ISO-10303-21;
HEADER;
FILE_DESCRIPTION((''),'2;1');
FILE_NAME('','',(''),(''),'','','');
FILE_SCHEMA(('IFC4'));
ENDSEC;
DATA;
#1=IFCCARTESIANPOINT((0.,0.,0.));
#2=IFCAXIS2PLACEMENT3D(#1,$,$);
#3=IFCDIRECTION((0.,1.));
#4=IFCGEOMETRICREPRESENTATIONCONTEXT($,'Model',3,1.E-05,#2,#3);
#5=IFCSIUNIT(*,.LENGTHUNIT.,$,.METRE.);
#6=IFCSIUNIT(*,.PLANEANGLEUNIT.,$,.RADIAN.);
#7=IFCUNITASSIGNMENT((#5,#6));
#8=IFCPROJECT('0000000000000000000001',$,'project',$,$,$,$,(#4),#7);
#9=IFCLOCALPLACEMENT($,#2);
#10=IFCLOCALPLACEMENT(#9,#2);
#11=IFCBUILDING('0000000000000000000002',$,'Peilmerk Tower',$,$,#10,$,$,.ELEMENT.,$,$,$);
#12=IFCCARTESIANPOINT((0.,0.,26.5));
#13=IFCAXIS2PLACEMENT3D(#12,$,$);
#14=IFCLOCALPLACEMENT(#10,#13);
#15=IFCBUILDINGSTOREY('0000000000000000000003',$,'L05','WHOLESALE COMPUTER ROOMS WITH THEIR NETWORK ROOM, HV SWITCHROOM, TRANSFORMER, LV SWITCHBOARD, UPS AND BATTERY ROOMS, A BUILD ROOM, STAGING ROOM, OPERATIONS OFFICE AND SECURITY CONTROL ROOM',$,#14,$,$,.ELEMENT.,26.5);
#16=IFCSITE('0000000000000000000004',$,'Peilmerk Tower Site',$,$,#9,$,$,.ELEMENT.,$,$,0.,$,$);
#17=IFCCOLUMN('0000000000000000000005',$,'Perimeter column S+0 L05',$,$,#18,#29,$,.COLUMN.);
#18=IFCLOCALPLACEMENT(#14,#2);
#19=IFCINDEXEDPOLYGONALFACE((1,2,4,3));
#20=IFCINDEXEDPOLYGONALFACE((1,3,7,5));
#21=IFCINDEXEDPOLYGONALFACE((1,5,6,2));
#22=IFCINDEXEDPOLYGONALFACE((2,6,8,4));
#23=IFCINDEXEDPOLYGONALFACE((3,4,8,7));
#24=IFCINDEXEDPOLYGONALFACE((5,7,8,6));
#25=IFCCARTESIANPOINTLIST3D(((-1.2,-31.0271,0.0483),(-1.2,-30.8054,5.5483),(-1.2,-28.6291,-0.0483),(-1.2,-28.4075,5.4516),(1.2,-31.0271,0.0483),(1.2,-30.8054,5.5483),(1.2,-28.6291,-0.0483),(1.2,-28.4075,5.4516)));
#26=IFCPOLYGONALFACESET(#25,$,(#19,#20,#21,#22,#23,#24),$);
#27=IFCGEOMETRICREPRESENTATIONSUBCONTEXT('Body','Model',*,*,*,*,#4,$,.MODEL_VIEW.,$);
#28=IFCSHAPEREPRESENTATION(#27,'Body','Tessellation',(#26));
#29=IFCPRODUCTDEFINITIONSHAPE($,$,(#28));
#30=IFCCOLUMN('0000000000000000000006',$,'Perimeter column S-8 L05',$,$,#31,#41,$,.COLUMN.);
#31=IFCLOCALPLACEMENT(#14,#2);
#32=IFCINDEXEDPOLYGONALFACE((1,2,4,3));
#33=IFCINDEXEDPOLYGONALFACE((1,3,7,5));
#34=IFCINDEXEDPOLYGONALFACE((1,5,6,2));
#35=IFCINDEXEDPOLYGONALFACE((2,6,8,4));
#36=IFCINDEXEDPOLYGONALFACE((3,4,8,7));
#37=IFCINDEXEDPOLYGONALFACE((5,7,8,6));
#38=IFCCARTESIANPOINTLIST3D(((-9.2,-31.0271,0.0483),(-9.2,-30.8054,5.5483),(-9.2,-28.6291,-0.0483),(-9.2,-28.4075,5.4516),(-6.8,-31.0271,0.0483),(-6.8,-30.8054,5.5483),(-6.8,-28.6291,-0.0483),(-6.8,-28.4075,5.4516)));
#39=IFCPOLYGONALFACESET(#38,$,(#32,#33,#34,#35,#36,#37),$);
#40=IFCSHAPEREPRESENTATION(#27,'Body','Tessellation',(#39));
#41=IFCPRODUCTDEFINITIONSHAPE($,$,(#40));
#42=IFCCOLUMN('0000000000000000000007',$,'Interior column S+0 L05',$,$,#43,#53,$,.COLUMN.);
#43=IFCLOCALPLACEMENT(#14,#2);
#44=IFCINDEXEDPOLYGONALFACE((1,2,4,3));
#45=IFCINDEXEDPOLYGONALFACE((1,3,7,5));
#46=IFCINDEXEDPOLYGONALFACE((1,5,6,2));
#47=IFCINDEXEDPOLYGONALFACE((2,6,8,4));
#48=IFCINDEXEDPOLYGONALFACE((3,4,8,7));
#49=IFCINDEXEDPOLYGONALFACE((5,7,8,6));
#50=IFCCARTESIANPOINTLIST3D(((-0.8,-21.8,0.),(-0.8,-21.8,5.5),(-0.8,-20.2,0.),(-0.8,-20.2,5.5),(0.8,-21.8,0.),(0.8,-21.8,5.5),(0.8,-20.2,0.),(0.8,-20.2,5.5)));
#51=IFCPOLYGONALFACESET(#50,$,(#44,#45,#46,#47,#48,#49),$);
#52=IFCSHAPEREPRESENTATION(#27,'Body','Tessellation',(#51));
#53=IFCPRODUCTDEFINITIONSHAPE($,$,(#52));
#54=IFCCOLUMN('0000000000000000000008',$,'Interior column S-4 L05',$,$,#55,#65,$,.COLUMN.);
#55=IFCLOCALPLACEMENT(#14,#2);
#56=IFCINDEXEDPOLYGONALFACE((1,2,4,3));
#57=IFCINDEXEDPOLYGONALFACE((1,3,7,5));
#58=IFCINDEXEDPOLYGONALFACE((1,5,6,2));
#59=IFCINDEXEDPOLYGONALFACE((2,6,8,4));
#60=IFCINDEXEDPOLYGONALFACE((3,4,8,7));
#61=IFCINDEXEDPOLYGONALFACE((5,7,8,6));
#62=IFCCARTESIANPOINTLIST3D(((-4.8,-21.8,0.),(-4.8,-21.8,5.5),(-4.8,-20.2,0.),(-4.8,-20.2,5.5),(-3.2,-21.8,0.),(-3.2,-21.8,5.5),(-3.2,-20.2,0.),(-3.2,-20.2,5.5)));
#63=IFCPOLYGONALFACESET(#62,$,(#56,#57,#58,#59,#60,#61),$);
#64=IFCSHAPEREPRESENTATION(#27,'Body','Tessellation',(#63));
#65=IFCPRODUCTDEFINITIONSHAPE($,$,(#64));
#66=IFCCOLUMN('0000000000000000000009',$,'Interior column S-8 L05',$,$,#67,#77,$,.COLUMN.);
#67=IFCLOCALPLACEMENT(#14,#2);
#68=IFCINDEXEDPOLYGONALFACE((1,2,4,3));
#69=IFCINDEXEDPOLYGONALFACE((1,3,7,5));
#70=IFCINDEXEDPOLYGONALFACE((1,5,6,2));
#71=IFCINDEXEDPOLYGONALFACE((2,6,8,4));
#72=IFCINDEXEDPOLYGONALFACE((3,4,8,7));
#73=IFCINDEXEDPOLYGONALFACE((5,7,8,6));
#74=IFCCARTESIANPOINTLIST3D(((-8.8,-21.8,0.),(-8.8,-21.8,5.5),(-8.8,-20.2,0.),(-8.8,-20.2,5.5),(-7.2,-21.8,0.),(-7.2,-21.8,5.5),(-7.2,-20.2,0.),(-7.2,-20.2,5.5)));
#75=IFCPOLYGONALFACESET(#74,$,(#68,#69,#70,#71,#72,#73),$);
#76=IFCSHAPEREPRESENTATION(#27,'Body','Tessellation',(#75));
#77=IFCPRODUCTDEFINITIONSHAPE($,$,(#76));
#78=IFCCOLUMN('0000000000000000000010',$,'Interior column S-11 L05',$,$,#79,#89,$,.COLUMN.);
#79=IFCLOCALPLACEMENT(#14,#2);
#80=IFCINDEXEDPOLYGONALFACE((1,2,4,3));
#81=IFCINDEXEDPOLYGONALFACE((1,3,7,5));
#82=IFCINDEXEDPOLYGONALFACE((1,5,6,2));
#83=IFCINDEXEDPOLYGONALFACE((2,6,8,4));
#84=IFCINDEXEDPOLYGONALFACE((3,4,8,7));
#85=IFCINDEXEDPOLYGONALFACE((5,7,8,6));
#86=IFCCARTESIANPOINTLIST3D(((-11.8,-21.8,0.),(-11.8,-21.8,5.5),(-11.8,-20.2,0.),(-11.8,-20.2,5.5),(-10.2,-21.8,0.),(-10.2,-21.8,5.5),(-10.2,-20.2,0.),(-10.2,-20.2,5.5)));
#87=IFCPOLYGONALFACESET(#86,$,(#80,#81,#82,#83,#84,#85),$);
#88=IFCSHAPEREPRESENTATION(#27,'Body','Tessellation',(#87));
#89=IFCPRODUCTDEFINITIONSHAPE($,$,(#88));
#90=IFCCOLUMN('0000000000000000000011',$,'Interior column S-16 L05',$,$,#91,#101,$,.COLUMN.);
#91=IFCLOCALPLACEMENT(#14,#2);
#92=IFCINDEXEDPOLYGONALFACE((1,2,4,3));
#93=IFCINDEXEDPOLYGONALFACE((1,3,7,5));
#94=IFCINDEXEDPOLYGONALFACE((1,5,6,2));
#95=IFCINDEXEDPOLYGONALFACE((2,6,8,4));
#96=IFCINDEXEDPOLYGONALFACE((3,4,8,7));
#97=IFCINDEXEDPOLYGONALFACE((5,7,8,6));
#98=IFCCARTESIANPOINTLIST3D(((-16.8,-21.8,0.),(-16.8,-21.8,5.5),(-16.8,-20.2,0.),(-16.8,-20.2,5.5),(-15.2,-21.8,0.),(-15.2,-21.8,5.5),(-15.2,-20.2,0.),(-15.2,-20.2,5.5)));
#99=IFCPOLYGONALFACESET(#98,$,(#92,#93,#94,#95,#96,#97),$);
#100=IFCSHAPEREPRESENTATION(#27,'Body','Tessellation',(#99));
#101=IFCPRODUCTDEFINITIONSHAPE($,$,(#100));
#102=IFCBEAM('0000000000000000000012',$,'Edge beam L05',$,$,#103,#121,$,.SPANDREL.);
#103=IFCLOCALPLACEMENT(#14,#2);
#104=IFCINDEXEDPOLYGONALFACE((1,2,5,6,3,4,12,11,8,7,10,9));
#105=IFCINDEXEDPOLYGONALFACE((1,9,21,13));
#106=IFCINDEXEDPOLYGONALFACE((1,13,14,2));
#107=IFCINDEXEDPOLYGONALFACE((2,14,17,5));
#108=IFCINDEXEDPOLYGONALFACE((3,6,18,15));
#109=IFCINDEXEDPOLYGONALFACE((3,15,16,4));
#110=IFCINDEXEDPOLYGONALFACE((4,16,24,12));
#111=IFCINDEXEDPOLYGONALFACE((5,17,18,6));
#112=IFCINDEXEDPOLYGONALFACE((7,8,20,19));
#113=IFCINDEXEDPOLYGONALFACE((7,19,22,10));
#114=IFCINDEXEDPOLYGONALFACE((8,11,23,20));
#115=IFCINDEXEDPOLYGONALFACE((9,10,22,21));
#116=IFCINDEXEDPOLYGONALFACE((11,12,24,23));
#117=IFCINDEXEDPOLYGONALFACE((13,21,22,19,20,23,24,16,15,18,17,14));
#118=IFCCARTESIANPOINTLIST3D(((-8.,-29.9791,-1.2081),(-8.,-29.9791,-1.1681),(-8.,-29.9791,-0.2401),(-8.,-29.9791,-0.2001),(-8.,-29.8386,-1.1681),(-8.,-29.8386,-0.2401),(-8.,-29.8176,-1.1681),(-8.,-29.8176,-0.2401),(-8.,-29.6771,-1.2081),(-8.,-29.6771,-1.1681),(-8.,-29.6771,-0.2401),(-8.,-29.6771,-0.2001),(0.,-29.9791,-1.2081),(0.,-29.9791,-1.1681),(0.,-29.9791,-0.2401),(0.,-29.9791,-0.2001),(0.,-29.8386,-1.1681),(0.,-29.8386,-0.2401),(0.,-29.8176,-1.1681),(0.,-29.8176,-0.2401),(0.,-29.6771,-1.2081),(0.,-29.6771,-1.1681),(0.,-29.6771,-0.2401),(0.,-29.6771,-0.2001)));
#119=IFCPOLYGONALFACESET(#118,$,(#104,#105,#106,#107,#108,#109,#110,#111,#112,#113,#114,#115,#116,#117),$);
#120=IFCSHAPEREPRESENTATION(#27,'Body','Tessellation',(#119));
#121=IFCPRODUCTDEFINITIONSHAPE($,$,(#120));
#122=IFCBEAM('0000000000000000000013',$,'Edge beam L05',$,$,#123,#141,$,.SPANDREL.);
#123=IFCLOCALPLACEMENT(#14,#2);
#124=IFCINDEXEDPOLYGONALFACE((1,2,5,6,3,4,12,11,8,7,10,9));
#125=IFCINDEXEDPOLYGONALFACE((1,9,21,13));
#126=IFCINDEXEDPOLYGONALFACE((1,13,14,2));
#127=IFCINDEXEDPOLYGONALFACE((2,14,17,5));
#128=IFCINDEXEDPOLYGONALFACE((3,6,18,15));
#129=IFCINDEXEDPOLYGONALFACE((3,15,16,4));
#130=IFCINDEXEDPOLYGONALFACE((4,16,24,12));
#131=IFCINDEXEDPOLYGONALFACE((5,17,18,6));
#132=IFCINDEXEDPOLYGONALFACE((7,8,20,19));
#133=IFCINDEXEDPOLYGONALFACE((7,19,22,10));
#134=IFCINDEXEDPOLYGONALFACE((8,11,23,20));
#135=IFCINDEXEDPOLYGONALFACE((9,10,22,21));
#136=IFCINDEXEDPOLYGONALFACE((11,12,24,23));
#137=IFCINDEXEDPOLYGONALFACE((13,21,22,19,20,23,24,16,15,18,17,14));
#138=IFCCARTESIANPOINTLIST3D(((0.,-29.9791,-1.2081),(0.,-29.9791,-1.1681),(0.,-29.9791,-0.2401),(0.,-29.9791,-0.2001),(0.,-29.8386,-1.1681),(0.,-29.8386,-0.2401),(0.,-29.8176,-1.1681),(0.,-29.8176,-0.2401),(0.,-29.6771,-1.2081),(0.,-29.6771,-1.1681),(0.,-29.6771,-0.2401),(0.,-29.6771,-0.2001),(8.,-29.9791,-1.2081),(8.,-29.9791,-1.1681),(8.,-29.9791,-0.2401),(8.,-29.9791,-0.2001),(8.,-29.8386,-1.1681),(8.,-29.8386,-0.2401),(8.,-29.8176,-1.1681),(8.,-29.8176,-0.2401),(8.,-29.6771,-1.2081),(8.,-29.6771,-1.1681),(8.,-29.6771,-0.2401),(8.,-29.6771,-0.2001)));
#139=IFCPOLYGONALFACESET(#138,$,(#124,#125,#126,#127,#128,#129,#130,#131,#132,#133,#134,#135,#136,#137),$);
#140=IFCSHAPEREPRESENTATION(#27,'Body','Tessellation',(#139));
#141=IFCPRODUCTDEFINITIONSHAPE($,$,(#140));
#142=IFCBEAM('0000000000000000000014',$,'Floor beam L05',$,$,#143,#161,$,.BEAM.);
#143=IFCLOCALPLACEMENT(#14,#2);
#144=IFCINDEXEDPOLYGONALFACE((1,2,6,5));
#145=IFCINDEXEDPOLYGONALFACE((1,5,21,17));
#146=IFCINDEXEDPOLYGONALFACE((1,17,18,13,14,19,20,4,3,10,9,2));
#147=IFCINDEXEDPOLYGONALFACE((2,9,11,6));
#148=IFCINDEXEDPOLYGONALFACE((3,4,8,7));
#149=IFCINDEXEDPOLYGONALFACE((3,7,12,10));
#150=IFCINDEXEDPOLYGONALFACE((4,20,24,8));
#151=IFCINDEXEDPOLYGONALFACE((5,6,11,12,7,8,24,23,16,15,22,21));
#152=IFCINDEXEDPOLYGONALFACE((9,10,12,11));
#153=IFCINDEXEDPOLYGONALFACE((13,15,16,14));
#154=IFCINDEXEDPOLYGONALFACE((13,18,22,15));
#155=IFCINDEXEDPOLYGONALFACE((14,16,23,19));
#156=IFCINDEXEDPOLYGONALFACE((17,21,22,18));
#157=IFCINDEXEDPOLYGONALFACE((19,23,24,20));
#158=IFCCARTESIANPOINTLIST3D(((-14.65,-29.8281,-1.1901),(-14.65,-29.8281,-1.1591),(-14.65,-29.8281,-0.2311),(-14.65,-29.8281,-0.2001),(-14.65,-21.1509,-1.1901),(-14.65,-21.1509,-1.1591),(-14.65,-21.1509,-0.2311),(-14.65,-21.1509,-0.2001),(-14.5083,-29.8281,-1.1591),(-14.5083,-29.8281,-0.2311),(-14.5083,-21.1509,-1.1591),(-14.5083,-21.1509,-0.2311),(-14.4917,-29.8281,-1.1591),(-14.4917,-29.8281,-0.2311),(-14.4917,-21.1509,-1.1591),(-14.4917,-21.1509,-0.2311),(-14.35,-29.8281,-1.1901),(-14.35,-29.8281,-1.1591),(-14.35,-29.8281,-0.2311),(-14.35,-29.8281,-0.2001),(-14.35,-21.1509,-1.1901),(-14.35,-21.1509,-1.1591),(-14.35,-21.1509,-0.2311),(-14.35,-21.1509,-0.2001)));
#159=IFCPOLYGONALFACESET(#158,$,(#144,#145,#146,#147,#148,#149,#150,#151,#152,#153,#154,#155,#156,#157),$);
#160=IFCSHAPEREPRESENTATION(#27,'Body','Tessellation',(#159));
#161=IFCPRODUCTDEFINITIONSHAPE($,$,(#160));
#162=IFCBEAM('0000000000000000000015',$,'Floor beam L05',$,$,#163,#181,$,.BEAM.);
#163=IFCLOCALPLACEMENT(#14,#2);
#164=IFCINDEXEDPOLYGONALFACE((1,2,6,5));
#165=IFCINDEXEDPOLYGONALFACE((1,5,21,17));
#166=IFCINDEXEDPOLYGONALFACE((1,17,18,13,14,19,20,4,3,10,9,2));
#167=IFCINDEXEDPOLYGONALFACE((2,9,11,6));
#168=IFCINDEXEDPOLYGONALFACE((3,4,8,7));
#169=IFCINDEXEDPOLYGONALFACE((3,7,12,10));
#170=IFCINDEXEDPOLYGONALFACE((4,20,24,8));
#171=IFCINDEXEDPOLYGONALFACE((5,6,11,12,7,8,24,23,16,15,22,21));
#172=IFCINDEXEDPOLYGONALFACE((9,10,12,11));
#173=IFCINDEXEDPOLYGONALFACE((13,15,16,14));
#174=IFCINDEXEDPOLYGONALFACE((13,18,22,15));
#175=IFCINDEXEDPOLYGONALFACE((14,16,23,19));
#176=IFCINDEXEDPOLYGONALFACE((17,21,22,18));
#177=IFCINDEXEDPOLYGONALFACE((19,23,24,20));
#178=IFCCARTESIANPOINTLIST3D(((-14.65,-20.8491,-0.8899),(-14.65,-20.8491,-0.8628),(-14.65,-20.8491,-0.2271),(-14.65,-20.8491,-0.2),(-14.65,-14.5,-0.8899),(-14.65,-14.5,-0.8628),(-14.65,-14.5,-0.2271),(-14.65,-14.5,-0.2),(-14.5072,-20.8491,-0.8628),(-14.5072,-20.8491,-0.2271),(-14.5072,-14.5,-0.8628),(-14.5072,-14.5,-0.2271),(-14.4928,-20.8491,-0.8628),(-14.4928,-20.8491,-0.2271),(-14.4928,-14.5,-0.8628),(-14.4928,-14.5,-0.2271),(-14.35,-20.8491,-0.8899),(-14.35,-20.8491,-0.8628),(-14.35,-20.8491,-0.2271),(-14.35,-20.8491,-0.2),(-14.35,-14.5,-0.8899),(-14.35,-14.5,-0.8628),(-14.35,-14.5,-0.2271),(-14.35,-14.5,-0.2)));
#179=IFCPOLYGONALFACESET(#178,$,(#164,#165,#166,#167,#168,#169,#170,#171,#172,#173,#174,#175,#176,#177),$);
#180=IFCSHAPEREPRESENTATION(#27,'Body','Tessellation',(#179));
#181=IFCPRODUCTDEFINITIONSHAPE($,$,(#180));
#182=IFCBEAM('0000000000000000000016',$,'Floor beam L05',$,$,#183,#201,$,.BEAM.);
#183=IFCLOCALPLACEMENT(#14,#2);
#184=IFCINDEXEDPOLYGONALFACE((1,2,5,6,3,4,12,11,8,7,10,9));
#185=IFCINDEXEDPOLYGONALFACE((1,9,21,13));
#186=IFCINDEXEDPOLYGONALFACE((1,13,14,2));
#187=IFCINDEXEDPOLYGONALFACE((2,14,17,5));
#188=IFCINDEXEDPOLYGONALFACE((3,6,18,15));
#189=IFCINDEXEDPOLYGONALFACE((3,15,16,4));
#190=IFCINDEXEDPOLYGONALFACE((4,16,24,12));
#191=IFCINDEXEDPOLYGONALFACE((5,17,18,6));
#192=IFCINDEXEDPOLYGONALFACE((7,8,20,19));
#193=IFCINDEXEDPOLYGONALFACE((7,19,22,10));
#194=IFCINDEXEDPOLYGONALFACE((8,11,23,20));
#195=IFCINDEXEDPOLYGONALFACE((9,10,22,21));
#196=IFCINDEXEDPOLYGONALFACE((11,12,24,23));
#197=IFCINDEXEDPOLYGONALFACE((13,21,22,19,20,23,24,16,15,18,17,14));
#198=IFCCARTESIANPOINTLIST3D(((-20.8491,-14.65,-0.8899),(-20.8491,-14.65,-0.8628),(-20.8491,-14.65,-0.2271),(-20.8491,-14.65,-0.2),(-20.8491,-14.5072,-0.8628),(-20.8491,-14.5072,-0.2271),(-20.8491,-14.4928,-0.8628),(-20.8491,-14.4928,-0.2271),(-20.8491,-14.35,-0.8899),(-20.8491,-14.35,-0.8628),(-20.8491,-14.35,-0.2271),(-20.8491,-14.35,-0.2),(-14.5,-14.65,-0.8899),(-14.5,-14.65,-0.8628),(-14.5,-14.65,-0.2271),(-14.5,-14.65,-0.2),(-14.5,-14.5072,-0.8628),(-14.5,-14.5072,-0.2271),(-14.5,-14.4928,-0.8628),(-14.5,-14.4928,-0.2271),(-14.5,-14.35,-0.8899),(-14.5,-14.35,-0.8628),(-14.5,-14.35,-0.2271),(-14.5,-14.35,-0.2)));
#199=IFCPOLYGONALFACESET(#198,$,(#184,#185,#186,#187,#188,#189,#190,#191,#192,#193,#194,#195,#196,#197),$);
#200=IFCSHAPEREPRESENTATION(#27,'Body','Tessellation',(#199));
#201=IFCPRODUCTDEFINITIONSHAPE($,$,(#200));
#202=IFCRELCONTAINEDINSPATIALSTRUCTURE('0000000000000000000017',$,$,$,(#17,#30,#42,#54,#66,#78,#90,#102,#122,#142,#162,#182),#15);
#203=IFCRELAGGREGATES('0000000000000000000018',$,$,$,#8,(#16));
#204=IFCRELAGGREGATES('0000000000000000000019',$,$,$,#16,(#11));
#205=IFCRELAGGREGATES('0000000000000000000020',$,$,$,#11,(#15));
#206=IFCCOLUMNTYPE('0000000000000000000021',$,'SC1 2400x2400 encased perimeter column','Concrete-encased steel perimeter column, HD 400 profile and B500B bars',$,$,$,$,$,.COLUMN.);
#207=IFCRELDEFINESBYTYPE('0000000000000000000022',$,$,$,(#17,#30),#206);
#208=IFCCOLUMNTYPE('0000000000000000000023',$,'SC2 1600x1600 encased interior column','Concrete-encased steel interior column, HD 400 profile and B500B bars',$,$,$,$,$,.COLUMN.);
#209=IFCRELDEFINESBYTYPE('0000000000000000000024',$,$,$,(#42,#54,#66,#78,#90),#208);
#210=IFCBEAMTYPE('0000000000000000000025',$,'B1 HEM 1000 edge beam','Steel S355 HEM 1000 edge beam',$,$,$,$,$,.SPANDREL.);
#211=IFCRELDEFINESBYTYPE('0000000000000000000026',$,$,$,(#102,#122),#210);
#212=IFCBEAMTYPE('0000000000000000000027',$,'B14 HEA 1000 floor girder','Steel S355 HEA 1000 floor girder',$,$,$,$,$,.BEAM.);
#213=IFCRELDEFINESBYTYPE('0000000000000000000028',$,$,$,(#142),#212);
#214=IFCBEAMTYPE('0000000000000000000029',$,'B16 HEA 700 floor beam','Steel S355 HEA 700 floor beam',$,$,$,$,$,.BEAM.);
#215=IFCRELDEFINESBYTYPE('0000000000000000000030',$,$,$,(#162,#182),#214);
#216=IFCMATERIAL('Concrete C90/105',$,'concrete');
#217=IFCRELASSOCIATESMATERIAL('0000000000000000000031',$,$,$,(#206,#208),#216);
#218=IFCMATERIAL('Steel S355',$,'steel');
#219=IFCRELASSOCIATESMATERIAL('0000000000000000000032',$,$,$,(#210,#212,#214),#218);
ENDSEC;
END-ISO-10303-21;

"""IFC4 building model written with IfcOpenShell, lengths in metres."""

from ifc_helpers import new_model, si_unit, direction, frame, origin, origin_2d, place, context, subcontext, project, spatial, rectangle, i_section, extrude, material, material_profile, profile_set, type_object, element, save


model = new_model("IFC4")

# Units and contexts
model_context = context("Model", 3, precision=1e-05, world=origin(), true_north=direction((0.0, 1.0)))
body_context = subcontext(model_context, "Body", "Model", "MODEL_VIEW")
ifc_project = project(units=[si_unit("LENGTHUNIT", "METRE"), si_unit("PLANEANGLEUNIT", "RADIAN")], contexts=[model_context])

# Site, building, storey
site_placement = place(None, origin())
site = spatial("IfcSite", under=ifc_project, at=site_placement, Name="Peilmerk Tower Site", CompositionType="ELEMENT", RefElevation=0.0)
building_placement = place(site_placement, origin())
building = spatial("IfcBuilding", under=site, at=building_placement, Name="Peilmerk Tower", CompositionType="ELEMENT")
storey_placement = place(building_placement, frame((0.0, 0.0, 26.5)))
storey = spatial("IfcBuildingStorey", under=building, at=storey_placement, Name="L05", Description="WHOLESALE COMPUTER ROOMS WITH THEIR NETWORK ROOM, HV SWITCHROOM, TRANSFORMER, LV SWITCHBOARD, UPS AND BATTERY ROOMS, A BUILD ROOM, STAGING ROOM, OPERATIONS OFFICE AND SECURITY CONTROL ROOM", CompositionType="ELEMENT", Elevation=26.5)

# Columns
ifc_material_1 = material(Name="Concrete C90/105", Category="concrete")
ifc_material_profile_1 = material_profile(ifc_material_1, rectangle(XDim=2.3999, YDim=2.3999, at=origin_2d()), Name="RC 2400x2400")
ifc_profile_set_1 = profile_set([ifc_material_profile_1], Name="Concrete C90/105")
column_type_1 = type_object("IfcColumnType", Name="SC1 2400x2400 encased perimeter column", Description="Concrete-encased steel perimeter column, HD 400 profile and B500B bars", PredefinedType="COLUMN", material=ifc_profile_set_1)
for number, where, z_axis, x_axis, name in (
    (1, (0.0, -29.8281, 0.0), (0.0, 0.040273, 0.999189), (-1.0, 0.0, 0.0), "Perimeter column S+0 L05"),
    (2, (-8.0, -29.8281, 0.0), (0.0, 0.040273, 0.999189), (-1.0, 0.0, 0.0), "Perimeter column S-8 L05"),
):
    element("IfcColumn", number, at=place(storey_placement, frame(where, z_axis=z_axis, x_axis=x_axis)), inside=storey, type_object=column_type_1, Name=name, PredefinedType="COLUMN", context=body_context, shape_type="SweptSolid", body=[
        extrude(rectangle(XDim=2.3999, YDim=2.3999, at=origin_2d()), origin(), (0.0, 0.0, 1.0), 5.5044),
    ])
ifc_material_profile_2 = material_profile(ifc_material_1, rectangle(XDim=1.6001, YDim=1.6001, at=origin_2d()), Name="RC 1600x1600")
ifc_profile_set_2 = profile_set([ifc_material_profile_2], Name="Concrete C90/105")
column_type_2 = type_object("IfcColumnType", Name="SC2 1600x1600 encased interior column", Description="Concrete-encased steel interior column, HD 400 profile and B500B bars", PredefinedType="COLUMN", material=ifc_profile_set_2)
for number, where, z_axis, x_axis, name in (
    (3, (0.0, -21.0, 0.0), (0.0, 0.0, 1.0), (1.0, 0.0, 0.0), "Interior column S+0 L05"),
    (4, (-4.0, -21.0, 0.0), (0.0, 0.0, 1.0), (1.0, 0.0, 0.0), "Interior column S-4 L05"),
    (5, (-8.0, -21.0, 0.0), (0.0, 0.0, 1.0), (1.0, 0.0, 0.0), "Interior column S-8 L05"),
    (6, (-11.0, -21.0, 0.0), (0.0, 0.0, 1.0), (1.0, 0.0, 0.0), "Interior column S-11 L05"),
    (7, (-16.0, -21.0, 0.0), (0.0, 0.0, 1.0), (1.0, 0.0, 0.0), "Interior column S-16 L05"),
):
    element("IfcColumn", number, at=place(storey_placement, frame(where, z_axis=z_axis, x_axis=x_axis)), inside=storey, type_object=column_type_2, Name=name, PredefinedType="COLUMN", context=body_context, shape_type="SweptSolid", body=[
        extrude(rectangle(XDim=1.6001, YDim=1.6001, at=origin_2d()), origin(), (0.0, 0.0, 1.0), 5.5),
    ])

# Beams
ifc_material_2 = material(Name="Steel S355", Category="steel")
ifc_material_profile_3 = material_profile(ifc_material_2, i_section(OverallWidth=0.302, OverallDepth=1.0081, WebThickness=0.021, FlangeThickness=0.04, at=origin_2d()), Name="HEM 1000")
ifc_profile_set_3 = profile_set([ifc_material_profile_3], Name="Steel S355")
beam_type_1 = type_object("IfcBeamType", Name="B1 HEM 1000 edge beam", Description="Steel S355 HEM 1000 edge beam", PredefinedType="SPANDREL", material=ifc_profile_set_3)
for number, where, z_axis, x_axis, name in (
    (8, (-8.0, -29.8281, -0.7041), (1.0, 0.0, 0.0), (0.0, 1.0, 0.0), "Edge beam L05"),
    (9, (0.0, -29.8281, -0.7041), (1.0, 0.0, 0.0), (0.0, 1.0, 0.0), "Edge beam L05"),
):
    element("IfcBeam", number, at=place(storey_placement, frame(where, z_axis=z_axis, x_axis=x_axis)), inside=storey, type_object=beam_type_1, Name=name, PredefinedType="SPANDREL", context=body_context, shape_type="SweptSolid", body=[
        extrude(i_section(OverallWidth=0.302, OverallDepth=1.0081, WebThickness=0.021, FlangeThickness=0.04, at=origin_2d()), origin(), (0.0, 0.0, 1.0), 8.0),
    ])
ifc_material_profile_4 = material_profile(ifc_material_2, i_section(OverallWidth=0.3, OverallDepth=0.99, WebThickness=0.0166, FlangeThickness=0.031, at=origin_2d()), Name="HEA 1000")
ifc_profile_set_4 = profile_set([ifc_material_profile_4], Name="Steel S355")
beam_type_2 = type_object("IfcBeamType", Name="B14 HEA 1000 floor girder", Description="Steel S355 HEA 1000 floor girder", PredefinedType="BEAM", material=ifc_profile_set_4)
beam_1_placement = place(storey_placement, frame((-14.5, -21.1509, -0.6951), z_axis=(0.0, -1.0, 0.0), x_axis=(1.0, 0.0, 0.0)))
element("IfcBeam", 10, at=beam_1_placement, inside=storey, type_object=beam_type_2, Name="Floor beam L05", PredefinedType="BEAM", context=body_context, shape_type="SweptSolid", body=[
    extrude(i_section(OverallWidth=0.3, OverallDepth=0.99, WebThickness=0.0166, FlangeThickness=0.031, at=origin_2d()), origin(), (0.0, 0.0, 1.0), 8.6772),
])
ifc_material_profile_5 = material_profile(ifc_material_2, i_section(OverallWidth=0.3, OverallDepth=0.6899, WebThickness=0.0144, FlangeThickness=0.0271, at=origin_2d()), Name="HEA 700")
ifc_profile_set_5 = profile_set([ifc_material_profile_5], Name="Steel S355")
beam_type_3 = type_object("IfcBeamType", Name="B16 HEA 700 floor beam", Description="Steel S355 HEA 700 floor beam", PredefinedType="BEAM", material=ifc_profile_set_5)
for number, where, z_axis, x_axis, name in (
    (11, (-14.5, -14.5, -0.5449), (0.0, -1.0, 0.0), (1.0, 0.0, 0.0), "Floor beam L05"),
    (12, (-14.5, -14.5, -0.5449), (-1.0, 0.0, 0.0), (0.0, -1.0, 0.0), "Floor beam L05"),
):
    element("IfcBeam", number, at=place(storey_placement, frame(where, z_axis=z_axis, x_axis=x_axis)), inside=storey, type_object=beam_type_3, Name=name, PredefinedType="BEAM", context=body_context, shape_type="SweptSolid", body=[
        extrude(i_section(OverallWidth=0.3, OverallDepth=0.6899, WebThickness=0.0144, FlangeThickness=0.0271, at=origin_2d()), origin(), (0.0, 0.0, 1.0), 6.3491),
    ])

save(model, "model.ifc")
